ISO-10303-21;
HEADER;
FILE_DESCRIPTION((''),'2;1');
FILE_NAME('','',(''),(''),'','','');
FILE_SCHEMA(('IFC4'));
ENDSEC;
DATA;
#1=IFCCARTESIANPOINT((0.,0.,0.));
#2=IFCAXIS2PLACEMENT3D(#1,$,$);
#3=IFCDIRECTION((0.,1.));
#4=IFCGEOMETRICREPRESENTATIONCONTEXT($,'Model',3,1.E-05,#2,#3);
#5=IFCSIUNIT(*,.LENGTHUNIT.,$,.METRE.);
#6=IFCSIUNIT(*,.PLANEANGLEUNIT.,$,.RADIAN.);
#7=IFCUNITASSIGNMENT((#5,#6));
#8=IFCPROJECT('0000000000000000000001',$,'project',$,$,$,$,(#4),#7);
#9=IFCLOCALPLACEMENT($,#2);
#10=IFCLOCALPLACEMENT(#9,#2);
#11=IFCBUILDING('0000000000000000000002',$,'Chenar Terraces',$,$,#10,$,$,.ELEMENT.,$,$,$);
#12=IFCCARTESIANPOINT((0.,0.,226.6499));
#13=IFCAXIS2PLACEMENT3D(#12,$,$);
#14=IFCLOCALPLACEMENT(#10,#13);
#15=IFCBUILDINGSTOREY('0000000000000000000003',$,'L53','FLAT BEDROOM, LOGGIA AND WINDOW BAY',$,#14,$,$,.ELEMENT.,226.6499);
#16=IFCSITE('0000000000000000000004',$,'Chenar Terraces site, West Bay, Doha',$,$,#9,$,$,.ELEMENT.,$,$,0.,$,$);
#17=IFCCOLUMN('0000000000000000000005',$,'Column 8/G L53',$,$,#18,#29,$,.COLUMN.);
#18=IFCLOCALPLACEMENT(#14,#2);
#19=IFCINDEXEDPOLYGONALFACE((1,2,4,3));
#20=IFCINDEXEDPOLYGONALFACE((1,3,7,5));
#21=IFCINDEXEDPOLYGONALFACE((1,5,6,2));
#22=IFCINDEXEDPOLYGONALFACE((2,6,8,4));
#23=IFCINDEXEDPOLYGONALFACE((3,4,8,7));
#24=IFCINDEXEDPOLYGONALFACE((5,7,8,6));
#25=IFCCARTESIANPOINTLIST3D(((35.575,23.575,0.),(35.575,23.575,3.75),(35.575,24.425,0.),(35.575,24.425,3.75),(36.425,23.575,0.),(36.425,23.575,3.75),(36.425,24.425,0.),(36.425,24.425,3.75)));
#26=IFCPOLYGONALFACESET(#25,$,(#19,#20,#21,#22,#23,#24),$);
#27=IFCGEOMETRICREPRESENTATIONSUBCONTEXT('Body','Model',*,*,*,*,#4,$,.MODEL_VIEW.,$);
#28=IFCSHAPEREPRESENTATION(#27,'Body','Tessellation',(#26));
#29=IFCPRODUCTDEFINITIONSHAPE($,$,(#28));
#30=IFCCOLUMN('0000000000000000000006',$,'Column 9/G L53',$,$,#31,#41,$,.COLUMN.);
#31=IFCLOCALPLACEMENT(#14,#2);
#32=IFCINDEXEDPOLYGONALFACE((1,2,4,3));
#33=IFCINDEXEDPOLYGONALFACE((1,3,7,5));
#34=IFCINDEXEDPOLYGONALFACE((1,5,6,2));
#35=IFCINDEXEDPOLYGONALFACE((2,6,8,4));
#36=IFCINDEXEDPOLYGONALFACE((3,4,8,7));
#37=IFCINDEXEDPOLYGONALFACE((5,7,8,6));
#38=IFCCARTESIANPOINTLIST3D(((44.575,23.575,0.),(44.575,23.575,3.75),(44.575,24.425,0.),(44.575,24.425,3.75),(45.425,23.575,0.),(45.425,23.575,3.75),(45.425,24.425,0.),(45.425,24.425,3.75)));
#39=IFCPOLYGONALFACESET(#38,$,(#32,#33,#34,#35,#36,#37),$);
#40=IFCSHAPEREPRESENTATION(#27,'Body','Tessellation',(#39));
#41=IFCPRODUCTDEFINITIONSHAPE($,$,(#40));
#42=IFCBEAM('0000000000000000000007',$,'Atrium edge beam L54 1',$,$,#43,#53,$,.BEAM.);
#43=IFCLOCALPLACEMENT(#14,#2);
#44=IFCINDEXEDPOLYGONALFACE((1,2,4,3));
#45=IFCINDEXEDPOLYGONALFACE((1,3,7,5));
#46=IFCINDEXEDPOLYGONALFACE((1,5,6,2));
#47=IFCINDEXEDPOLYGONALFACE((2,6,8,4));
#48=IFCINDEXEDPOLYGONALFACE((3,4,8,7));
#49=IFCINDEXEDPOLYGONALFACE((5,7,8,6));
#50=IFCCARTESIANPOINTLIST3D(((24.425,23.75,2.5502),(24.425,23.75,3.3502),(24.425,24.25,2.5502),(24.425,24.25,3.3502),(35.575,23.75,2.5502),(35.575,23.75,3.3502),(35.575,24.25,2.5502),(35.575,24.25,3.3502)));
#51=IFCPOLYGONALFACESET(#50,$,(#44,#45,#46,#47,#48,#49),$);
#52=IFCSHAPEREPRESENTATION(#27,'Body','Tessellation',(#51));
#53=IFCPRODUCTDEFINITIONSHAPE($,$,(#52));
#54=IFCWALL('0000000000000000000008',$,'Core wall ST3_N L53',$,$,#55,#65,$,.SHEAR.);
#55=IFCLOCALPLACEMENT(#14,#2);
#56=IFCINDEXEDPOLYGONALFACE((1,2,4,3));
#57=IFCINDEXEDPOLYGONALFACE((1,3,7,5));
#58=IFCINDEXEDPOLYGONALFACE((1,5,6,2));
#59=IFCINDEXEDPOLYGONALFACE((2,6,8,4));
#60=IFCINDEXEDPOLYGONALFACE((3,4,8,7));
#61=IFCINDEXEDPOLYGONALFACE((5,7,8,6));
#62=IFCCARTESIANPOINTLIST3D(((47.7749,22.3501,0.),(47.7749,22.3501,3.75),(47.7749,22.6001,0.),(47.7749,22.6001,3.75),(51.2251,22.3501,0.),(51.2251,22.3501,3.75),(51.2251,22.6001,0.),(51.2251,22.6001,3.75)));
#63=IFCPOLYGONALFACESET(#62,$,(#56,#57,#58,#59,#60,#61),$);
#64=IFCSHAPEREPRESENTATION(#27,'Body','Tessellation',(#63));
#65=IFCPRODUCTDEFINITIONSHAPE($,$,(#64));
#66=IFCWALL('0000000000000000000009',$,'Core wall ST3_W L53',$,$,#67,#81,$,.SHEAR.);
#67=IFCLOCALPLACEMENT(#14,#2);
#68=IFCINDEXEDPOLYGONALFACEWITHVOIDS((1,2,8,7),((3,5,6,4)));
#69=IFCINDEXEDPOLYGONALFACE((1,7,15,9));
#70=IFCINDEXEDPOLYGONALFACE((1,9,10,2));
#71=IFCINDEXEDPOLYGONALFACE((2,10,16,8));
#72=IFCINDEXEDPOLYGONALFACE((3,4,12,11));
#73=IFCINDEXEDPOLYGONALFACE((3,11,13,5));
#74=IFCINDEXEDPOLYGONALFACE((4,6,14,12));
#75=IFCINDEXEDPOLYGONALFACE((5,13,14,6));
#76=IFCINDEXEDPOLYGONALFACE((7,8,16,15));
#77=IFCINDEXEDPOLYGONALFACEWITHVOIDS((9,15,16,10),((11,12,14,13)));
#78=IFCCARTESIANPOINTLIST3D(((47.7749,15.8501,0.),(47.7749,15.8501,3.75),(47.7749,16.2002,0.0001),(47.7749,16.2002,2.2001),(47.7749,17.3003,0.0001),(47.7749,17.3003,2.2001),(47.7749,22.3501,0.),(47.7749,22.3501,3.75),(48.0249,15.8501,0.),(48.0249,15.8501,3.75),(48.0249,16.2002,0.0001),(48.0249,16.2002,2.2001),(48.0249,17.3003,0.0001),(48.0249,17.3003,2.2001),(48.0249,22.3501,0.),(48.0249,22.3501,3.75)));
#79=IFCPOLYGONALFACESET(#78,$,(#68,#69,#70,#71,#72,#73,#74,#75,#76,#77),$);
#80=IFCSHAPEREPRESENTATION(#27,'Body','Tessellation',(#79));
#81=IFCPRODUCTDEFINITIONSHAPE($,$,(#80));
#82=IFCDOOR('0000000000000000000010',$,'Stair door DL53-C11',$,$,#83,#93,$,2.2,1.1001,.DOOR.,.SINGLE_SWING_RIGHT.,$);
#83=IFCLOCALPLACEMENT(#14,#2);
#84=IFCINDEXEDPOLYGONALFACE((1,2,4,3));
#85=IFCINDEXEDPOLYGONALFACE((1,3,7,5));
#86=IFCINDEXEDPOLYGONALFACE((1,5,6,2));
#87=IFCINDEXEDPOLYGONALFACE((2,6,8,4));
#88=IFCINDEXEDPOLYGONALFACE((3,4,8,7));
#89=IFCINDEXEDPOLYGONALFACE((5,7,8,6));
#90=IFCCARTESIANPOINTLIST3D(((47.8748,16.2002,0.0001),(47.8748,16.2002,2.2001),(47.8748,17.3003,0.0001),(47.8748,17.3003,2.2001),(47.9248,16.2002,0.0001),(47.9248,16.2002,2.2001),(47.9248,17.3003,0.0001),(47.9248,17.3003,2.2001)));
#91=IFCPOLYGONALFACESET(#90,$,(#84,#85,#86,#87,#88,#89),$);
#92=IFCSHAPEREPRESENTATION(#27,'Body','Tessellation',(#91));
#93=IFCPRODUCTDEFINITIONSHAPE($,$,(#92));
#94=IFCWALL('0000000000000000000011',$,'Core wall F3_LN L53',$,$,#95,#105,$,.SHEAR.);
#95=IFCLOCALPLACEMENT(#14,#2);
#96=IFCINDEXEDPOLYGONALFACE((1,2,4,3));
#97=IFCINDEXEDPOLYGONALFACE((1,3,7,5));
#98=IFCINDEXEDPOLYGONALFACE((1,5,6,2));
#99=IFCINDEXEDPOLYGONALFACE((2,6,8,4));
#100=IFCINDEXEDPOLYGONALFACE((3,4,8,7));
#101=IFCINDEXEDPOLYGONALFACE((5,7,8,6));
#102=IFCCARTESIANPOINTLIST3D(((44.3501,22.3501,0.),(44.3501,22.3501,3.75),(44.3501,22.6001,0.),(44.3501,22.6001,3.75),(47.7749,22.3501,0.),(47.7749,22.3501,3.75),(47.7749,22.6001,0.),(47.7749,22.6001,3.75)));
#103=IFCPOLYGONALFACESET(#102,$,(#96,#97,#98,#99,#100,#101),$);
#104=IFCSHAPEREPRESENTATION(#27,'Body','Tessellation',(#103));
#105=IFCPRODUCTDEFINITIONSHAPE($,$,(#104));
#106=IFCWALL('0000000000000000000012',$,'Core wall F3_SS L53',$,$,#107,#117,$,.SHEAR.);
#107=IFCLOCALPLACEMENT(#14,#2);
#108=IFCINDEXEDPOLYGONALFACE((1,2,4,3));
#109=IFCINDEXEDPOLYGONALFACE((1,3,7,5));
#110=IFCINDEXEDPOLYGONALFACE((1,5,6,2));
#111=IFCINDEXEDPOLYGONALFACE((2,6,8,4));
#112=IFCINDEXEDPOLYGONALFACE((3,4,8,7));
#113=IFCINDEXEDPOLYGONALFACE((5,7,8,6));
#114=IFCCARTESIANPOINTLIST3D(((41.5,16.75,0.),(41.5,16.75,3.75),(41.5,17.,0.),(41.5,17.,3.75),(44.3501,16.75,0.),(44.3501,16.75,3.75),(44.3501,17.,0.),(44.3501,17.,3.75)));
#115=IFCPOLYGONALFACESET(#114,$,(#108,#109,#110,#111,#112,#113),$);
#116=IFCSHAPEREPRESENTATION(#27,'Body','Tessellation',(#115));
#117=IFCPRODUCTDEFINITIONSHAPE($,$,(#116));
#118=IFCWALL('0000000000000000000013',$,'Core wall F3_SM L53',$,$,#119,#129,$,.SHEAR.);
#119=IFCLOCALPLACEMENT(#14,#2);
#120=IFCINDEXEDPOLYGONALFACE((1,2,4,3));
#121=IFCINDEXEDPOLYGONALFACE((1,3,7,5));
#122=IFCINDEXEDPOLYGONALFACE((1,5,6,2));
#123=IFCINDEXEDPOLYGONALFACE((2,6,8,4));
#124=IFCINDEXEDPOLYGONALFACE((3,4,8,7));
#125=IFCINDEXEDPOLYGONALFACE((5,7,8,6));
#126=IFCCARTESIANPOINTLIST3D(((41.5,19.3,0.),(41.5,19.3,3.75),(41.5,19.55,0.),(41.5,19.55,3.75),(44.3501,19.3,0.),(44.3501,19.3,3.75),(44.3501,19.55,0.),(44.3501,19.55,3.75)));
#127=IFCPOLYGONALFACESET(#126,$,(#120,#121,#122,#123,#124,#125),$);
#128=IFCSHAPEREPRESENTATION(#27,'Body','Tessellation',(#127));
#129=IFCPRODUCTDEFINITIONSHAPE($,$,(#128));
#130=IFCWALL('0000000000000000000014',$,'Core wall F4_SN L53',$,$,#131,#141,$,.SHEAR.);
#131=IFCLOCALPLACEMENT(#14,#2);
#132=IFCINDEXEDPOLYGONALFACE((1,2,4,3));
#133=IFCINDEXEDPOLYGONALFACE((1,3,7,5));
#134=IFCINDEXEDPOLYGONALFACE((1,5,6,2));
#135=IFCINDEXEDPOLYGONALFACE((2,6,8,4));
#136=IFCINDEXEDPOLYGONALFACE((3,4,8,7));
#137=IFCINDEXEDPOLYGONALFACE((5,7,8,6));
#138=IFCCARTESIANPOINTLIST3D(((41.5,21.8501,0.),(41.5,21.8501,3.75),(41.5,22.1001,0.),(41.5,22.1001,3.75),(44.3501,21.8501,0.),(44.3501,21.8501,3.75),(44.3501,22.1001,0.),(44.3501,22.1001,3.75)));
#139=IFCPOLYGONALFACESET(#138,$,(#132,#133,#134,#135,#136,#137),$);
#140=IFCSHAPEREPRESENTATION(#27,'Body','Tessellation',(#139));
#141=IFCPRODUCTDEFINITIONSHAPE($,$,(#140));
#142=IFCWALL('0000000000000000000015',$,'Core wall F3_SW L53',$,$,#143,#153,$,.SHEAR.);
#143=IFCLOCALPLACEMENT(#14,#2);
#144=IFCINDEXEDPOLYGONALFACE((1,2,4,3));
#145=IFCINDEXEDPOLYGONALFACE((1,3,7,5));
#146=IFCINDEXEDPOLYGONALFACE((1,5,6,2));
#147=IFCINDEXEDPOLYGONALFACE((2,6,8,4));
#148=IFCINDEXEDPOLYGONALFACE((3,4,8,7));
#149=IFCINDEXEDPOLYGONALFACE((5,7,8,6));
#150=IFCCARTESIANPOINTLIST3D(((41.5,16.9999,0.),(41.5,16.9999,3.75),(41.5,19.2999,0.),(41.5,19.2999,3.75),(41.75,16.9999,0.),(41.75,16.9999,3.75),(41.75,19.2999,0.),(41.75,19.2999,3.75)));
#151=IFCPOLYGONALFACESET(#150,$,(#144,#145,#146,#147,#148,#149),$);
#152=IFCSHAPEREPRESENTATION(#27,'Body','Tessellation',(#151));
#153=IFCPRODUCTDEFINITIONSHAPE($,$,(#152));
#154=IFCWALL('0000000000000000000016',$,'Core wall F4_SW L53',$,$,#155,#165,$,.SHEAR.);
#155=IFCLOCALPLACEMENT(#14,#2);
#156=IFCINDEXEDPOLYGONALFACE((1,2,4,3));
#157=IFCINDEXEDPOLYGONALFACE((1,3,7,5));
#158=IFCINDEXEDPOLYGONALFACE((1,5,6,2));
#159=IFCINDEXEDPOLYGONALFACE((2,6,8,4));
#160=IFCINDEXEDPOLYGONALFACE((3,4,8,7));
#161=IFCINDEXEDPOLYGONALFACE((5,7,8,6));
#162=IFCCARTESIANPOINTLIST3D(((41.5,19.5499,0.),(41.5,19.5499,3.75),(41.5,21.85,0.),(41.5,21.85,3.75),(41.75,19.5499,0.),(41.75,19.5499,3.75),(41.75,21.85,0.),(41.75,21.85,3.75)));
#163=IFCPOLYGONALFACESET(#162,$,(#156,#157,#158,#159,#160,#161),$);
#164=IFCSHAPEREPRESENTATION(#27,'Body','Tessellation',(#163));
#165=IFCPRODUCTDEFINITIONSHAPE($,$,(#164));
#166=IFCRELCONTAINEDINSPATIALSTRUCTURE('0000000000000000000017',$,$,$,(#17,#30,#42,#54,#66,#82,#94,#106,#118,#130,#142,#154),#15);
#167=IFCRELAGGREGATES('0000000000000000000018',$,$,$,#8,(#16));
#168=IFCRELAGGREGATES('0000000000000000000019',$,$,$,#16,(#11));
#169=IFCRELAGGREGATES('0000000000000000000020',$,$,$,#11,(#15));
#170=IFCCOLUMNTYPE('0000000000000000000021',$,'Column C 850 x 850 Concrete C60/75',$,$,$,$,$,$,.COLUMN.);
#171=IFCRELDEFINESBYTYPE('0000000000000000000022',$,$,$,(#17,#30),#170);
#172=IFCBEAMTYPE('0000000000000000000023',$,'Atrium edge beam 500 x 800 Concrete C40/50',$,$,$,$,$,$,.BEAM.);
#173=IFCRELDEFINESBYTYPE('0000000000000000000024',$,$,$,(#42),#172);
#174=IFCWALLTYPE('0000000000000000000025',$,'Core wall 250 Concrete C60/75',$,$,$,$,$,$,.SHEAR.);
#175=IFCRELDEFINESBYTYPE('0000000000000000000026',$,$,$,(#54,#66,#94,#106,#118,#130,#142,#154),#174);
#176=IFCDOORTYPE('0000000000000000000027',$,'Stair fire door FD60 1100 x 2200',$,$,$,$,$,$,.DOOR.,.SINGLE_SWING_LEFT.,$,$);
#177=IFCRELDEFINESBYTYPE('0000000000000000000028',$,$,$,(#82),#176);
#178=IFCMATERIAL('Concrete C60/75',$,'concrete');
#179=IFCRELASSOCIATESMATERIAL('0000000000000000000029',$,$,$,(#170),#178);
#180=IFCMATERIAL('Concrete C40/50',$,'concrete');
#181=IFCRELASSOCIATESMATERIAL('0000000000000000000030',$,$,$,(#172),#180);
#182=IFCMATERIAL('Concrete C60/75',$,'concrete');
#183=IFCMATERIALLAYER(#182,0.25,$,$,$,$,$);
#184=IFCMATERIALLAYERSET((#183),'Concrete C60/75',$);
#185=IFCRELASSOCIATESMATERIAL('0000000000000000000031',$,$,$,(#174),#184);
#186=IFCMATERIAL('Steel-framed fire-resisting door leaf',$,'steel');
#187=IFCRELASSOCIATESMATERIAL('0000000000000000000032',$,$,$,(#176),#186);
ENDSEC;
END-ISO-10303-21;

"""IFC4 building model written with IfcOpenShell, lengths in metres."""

from ifc_helpers import new_model, si_unit, direction, frame, frame_2d, origin, origin_2d, place, context, subcontext, project, spatial, rectangle, extrude, material, layer, layer_set, material_profile, profile_set, type_object, element, fill, save


model = new_model("IFC4")

# Units and contexts
model_context = context("Model", 3, precision=1e-05, world=origin(), true_north=direction((0.0, 1.0)))
body_context = subcontext(model_context, "Body", "Model", "MODEL_VIEW")
ifc_project = project(units=[si_unit("LENGTHUNIT", "METRE"), si_unit("PLANEANGLEUNIT", "RADIAN")], contexts=[model_context])

# Site, building, storey
site_placement = place(None, origin())
site = spatial("IfcSite", under=ifc_project, at=site_placement, Name="Chenar Terraces site, West Bay, Doha", CompositionType="ELEMENT", RefElevation=0.0)
building_placement = place(site_placement, origin())
building = spatial("IfcBuilding", under=site, at=building_placement, Name="Chenar Terraces", CompositionType="ELEMENT")
storey_placement = place(building_placement, frame((0.0, 0.0, 226.6499)))
storey = spatial("IfcBuildingStorey", under=building, at=storey_placement, Name="L53", Description="FLAT BEDROOM, LOGGIA AND WINDOW BAY", CompositionType="ELEMENT", Elevation=226.6499)

# Columns
ifc_material_1 = material(Name="Concrete C60/75", Category="concrete")
ifc_material_profile_1 = material_profile(ifc_material_1, rectangle(XDim=0.8501, YDim=0.8501, at=origin_2d()), Name="C 850 x 850")
ifc_profile_set_1 = profile_set([ifc_material_profile_1], Name="Concrete C60/75")
column_type = type_object("IfcColumnType", Name="Column C 850 x 850 Concrete C60/75", PredefinedType="COLUMN", material=ifc_profile_set_1)
for number, where, z_axis, x_axis, name in (
    (1, (36.0, 24.0, 0.0), (0.0, 0.0, 1.0), (1.0, 0.0, 0.0), "Column 8/G L53"),
    (2, (45.0, 24.0, 0.0), (0.0, 0.0, 1.0), (1.0, 0.0, 0.0), "Column 9/G L53"),
):
    element("IfcColumn", number, at=place(storey_placement, frame(where, z_axis=z_axis, x_axis=x_axis)), inside=storey, type_object=column_type, Name=name, PredefinedType="COLUMN", context=body_context, shape_type="SweptSolid", body=[
        extrude(rectangle(XDim=0.8501, YDim=0.8501, at=origin_2d()), origin(), (0.0, 0.0, 1.0), 3.75),
    ])

# Beam
ifc_material_2 = material(Name="Concrete C40/50", Category="concrete")
ifc_material_profile_2 = material_profile(ifc_material_2, rectangle(XDim=0.5, YDim=0.8, at=origin_2d()), Name="RC 500 x 800")
ifc_profile_set_2 = profile_set([ifc_material_profile_2], Name="Concrete C40/50")
beam_type = type_object("IfcBeamType", Name="Atrium edge beam 500 x 800 Concrete C40/50", PredefinedType="BEAM", material=ifc_profile_set_2)
beam_placement = place(storey_placement, frame((24.425, 24.0, 2.9502), z_axis=(1.0, 0.0, 0.0), x_axis=(0.0, 1.0, 0.0)))
element("IfcBeam", 3, at=beam_placement, inside=storey, type_object=beam_type, Name="Atrium edge beam L54 1", PredefinedType="BEAM", context=body_context, shape_type="SweptSolid", body=[
    extrude(rectangle(XDim=0.5, YDim=0.8, at=origin_2d()), origin(), (0.0, 0.0, 1.0), 11.1499),
])

# Wall
ifc_material_3 = material(Name="Concrete C60/75", Category="concrete")
ifc_layer_1 = layer(ifc_material_3, 0.25)
ifc_layer_set_1 = layer_set([ifc_layer_1], Name="Concrete C60/75")
wall_type_1 = type_object("IfcWallType", Name="Core wall 250 Concrete C60/75", PredefinedType="SHEAR", material=ifc_layer_set_1)
wall_1_placement = place(storey_placement, frame((47.7749, 22.4751, 0.0), z_axis=(0.0, 0.0, 1.0), x_axis=(1.0, 0.0, 0.0)))
element("IfcWall", 4, at=wall_1_placement, inside=storey, type_object=wall_type_1, Name="Core wall ST3_N L53", PredefinedType="SHEAR", context=body_context, shape_type="SweptSolid", body=[
    extrude(rectangle(XDim=3.4502, YDim=0.25, at=frame_2d((1.7251, 0.0))), origin(), (0.0, 0.0, 1.0), 3.75),
])

# Wall, opening, door
wall_2_placement = place(storey_placement, frame((47.8999, 15.8501, 0.0), z_axis=(0.0, 0.0, 1.0), x_axis=(0.0, 1.0, 0.0)))
wall_2 = element("IfcWall", 5, at=wall_2_placement, inside=storey, type_object=wall_type_1, Name="Core wall ST3_W L53", PredefinedType="SHEAR", context=body_context, shape_type="SweptSolid", body=[
    extrude(rectangle(XDim=6.5, YDim=0.25, at=frame_2d((3.25, 0.0))), origin(), (0.0, 0.0, 1.0), 3.75),
])
opening_1_placement = place(wall_2_placement, frame((0.3501, 0.0, 0.0)))
opening_1 = element("IfcOpeningElement", 6, at=opening_1_placement, cuts=wall_2, PredefinedType="OPENING", context=body_context, shape_type="SweptSolid", body=[
    extrude(rectangle(XDim=1.1001, YDim=2.2, at=frame_2d((0.55, 1.1001))), frame((0.0, 0.135, 0.0), z_axis=(0.0, -1.0, 0.0), x_axis=(1.0, 0.0, 0.0)), (0.0, 0.0, 1.0), 0.27),
])
ifc_material_4 = material(Name="Steel-framed fire-resisting door leaf", Category="steel")
door_type = type_object("IfcDoorType", Name="Stair fire door FD60 1100 x 2200", OperationType="SINGLE_SWING_LEFT", PredefinedType="DOOR", material=ifc_material_4)
door_placement = place(opening_1_placement, frame((1.1001, 0.0, 0.0), z_axis=(0.0, 0.0, 1.0), x_axis=(-1.0, 0.0, 0.0)))
door = element("IfcDoor", 7, at=door_placement, inside=storey, type_object=door_type, Name="Stair door DL53-C11", OperationType="SINGLE_SWING_RIGHT", OverallHeight=2.2, OverallWidth=1.1001, PredefinedType="DOOR", context=body_context, shape_type="SweptSolid", body=[
    extrude(rectangle(XDim=1.1001, YDim=2.2, at=frame_2d((0.55, 1.1001))), frame((0.0, 0.0249, 0.0), z_axis=(0.0, -1.0, 0.0), x_axis=(1.0, 0.0, 0.0)), (0.0, 0.0, 1.0), 0.05),
])
fill(opening_1, door)

# Walls
wall_3_placement = place(storey_placement, frame((44.3501, 22.4751, 0.0), z_axis=(0.0, 0.0, 1.0), x_axis=(1.0, 0.0, 0.0)))
element("IfcWall", 8, at=wall_3_placement, inside=storey, type_object=wall_type_1, Name="Core wall F3_LN L53", PredefinedType="SHEAR", context=body_context, shape_type="SweptSolid", body=[
    extrude(rectangle(XDim=3.4248, YDim=0.25, at=frame_2d((1.7124, 0.0))), origin(), (0.0, 0.0, 1.0), 3.75),
])
for number, where, z_axis, x_axis, name in (
    (9, (41.5, 16.875, 0.0), (0.0, 0.0, 1.0), (1.0, 0.0, 0.0), "Core wall F3_SS L53"),
    (10, (41.5, 19.425, 0.0), (0.0, 0.0, 1.0), (1.0, 0.0, 0.0), "Core wall F3_SM L53"),
    (11, (41.5, 21.9751, 0.0), (0.0, 0.0, 1.0), (1.0, 0.0, 0.0), "Core wall F4_SN L53"),
):
    element("IfcWall", number, at=place(storey_placement, frame(where, z_axis=z_axis, x_axis=x_axis)), inside=storey, type_object=wall_type_1, Name=name, PredefinedType="SHEAR", context=body_context, shape_type="SweptSolid", body=[
        extrude(rectangle(XDim=2.8501, YDim=0.25, at=frame_2d((1.425, 0.0))), origin(), (0.0, 0.0, 1.0), 3.75),
    ])
for number, where, z_axis, x_axis, name in (
    (12, (41.625, 17.0, 0.0), (0.0, 0.0, 1.0), (0.0, 1.0, 0.0), "Core wall F3_SW L53"),
    (13, (41.625, 19.55, 0.0), (0.0, 0.0, 1.0), (0.0, 1.0, 0.0), "Core wall F4_SW L53"),
):
    element("IfcWall", number, at=place(storey_placement, frame(where, z_axis=z_axis, x_axis=x_axis)), inside=storey, type_object=wall_type_1, Name=name, PredefinedType="SHEAR", context=body_context, shape_type="SweptSolid", body=[
        extrude(rectangle(XDim=2.3, YDim=0.25, at=frame_2d((1.1499, 0.0))), origin(), (0.0, 0.0, 1.0), 3.75),
    ])

save(model, "model.ifc")
